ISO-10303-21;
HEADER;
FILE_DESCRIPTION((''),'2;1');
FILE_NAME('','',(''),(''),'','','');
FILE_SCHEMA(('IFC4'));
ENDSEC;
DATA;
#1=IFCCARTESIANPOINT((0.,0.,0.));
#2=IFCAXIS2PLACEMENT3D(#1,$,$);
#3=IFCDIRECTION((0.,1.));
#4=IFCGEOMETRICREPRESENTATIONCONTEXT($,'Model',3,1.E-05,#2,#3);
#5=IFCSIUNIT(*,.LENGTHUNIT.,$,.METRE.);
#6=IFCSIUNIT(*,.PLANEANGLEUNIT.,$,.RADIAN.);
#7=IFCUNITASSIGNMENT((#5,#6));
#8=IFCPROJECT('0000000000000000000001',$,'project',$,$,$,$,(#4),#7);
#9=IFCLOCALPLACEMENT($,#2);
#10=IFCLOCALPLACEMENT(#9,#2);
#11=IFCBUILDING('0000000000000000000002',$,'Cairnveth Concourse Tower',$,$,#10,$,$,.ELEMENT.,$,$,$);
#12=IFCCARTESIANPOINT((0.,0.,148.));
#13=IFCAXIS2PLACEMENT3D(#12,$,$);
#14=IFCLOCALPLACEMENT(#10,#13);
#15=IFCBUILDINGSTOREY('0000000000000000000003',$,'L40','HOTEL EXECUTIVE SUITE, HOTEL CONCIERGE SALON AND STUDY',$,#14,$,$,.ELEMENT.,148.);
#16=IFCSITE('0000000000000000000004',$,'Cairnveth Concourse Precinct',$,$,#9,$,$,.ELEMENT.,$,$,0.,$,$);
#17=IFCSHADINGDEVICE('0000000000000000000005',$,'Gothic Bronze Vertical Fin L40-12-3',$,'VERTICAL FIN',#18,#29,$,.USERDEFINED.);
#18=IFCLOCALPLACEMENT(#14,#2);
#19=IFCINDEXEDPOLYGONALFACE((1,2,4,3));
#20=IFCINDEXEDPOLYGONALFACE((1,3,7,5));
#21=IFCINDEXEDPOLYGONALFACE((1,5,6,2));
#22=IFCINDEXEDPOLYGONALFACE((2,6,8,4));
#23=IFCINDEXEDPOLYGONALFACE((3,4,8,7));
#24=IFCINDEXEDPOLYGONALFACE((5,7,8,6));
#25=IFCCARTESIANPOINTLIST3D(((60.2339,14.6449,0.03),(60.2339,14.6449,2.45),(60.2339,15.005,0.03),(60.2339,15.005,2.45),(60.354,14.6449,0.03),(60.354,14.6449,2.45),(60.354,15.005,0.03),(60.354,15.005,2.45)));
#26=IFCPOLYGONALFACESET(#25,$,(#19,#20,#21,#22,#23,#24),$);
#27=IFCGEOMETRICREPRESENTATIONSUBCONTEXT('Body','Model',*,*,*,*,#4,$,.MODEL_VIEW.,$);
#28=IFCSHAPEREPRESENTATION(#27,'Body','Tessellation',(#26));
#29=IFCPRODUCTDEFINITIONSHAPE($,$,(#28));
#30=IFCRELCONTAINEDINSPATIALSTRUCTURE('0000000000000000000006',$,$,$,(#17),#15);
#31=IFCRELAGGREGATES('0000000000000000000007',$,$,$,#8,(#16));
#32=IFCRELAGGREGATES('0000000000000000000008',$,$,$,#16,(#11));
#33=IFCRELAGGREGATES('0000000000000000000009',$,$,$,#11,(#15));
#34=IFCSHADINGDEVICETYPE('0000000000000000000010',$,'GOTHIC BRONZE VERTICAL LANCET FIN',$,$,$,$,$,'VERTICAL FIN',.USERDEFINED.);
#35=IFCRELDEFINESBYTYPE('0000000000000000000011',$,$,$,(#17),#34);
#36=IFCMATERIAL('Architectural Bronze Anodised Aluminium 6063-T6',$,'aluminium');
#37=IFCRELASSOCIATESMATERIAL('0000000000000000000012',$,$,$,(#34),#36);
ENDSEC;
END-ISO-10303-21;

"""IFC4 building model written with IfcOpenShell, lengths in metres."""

from ifc_helpers import new_model, si_unit, direction, frame, origin, origin_2d, place, context, subcontext, project, spatial, rectangle, extrude, material, type_object, element, save


model = new_model("IFC4")

# Units and contexts
model_context = context("Model", 3, precision=1e-05, world=origin(), true_north=direction((0.0, 1.0)))
body_context = subcontext(model_context, "Body", "Model", "MODEL_VIEW")
ifc_project = project(units=[si_unit("LENGTHUNIT", "METRE"), si_unit("PLANEANGLEUNIT", "RADIAN")], contexts=[model_context])

# Site, building, storey
site_placement = place(None, origin())
site = spatial("IfcSite", under=ifc_project, at=site_placement, Name="Cairnveth Concourse Precinct", CompositionType="ELEMENT", RefElevation=0.0)
building_placement = place(site_placement, origin())
building = spatial("IfcBuilding", under=site, at=building_placement, Name="Cairnveth Concourse Tower", CompositionType="ELEMENT")
storey_placement = place(building_placement, frame((0.0, 0.0, 148.0)))
storey = spatial("IfcBuildingStorey", under=building, at=storey_placement, Name="L40", Description="HOTEL EXECUTIVE SUITE, HOTEL CONCIERGE SALON AND STUDY", CompositionType="ELEMENT", Elevation=148.0)

# Shading device
ifc_material_1 = material(Name="Architectural Bronze Anodised Aluminium 6063-T6", Category="aluminium")
shading_device_type = type_object("IfcShadingDeviceType", Name="GOTHIC BRONZE VERTICAL LANCET FIN", ElementType="VERTICAL FIN", PredefinedType="USERDEFINED", material=ifc_material_1)
shading_device_placement = place(storey_placement, frame((60.2939, 14.825, 0.03), z_axis=(0.0, 0.0, 1.0), x_axis=(1.0, 0.0, 0.0)))
element("IfcShadingDevice", 1, at=shading_device_placement, inside=storey, type_object=shading_device_type, Name="Gothic Bronze Vertical Fin L40-12-3", ObjectType="VERTICAL FIN", PredefinedType="USERDEFINED", context=body_context, shape_type="SweptSolid", body=[
    extrude(rectangle(XDim=0.1201, YDim=0.3601, at=origin_2d()), origin(), (0.0, 0.0, 1.0), 2.4199),
])

save(model, "model.ifc")
